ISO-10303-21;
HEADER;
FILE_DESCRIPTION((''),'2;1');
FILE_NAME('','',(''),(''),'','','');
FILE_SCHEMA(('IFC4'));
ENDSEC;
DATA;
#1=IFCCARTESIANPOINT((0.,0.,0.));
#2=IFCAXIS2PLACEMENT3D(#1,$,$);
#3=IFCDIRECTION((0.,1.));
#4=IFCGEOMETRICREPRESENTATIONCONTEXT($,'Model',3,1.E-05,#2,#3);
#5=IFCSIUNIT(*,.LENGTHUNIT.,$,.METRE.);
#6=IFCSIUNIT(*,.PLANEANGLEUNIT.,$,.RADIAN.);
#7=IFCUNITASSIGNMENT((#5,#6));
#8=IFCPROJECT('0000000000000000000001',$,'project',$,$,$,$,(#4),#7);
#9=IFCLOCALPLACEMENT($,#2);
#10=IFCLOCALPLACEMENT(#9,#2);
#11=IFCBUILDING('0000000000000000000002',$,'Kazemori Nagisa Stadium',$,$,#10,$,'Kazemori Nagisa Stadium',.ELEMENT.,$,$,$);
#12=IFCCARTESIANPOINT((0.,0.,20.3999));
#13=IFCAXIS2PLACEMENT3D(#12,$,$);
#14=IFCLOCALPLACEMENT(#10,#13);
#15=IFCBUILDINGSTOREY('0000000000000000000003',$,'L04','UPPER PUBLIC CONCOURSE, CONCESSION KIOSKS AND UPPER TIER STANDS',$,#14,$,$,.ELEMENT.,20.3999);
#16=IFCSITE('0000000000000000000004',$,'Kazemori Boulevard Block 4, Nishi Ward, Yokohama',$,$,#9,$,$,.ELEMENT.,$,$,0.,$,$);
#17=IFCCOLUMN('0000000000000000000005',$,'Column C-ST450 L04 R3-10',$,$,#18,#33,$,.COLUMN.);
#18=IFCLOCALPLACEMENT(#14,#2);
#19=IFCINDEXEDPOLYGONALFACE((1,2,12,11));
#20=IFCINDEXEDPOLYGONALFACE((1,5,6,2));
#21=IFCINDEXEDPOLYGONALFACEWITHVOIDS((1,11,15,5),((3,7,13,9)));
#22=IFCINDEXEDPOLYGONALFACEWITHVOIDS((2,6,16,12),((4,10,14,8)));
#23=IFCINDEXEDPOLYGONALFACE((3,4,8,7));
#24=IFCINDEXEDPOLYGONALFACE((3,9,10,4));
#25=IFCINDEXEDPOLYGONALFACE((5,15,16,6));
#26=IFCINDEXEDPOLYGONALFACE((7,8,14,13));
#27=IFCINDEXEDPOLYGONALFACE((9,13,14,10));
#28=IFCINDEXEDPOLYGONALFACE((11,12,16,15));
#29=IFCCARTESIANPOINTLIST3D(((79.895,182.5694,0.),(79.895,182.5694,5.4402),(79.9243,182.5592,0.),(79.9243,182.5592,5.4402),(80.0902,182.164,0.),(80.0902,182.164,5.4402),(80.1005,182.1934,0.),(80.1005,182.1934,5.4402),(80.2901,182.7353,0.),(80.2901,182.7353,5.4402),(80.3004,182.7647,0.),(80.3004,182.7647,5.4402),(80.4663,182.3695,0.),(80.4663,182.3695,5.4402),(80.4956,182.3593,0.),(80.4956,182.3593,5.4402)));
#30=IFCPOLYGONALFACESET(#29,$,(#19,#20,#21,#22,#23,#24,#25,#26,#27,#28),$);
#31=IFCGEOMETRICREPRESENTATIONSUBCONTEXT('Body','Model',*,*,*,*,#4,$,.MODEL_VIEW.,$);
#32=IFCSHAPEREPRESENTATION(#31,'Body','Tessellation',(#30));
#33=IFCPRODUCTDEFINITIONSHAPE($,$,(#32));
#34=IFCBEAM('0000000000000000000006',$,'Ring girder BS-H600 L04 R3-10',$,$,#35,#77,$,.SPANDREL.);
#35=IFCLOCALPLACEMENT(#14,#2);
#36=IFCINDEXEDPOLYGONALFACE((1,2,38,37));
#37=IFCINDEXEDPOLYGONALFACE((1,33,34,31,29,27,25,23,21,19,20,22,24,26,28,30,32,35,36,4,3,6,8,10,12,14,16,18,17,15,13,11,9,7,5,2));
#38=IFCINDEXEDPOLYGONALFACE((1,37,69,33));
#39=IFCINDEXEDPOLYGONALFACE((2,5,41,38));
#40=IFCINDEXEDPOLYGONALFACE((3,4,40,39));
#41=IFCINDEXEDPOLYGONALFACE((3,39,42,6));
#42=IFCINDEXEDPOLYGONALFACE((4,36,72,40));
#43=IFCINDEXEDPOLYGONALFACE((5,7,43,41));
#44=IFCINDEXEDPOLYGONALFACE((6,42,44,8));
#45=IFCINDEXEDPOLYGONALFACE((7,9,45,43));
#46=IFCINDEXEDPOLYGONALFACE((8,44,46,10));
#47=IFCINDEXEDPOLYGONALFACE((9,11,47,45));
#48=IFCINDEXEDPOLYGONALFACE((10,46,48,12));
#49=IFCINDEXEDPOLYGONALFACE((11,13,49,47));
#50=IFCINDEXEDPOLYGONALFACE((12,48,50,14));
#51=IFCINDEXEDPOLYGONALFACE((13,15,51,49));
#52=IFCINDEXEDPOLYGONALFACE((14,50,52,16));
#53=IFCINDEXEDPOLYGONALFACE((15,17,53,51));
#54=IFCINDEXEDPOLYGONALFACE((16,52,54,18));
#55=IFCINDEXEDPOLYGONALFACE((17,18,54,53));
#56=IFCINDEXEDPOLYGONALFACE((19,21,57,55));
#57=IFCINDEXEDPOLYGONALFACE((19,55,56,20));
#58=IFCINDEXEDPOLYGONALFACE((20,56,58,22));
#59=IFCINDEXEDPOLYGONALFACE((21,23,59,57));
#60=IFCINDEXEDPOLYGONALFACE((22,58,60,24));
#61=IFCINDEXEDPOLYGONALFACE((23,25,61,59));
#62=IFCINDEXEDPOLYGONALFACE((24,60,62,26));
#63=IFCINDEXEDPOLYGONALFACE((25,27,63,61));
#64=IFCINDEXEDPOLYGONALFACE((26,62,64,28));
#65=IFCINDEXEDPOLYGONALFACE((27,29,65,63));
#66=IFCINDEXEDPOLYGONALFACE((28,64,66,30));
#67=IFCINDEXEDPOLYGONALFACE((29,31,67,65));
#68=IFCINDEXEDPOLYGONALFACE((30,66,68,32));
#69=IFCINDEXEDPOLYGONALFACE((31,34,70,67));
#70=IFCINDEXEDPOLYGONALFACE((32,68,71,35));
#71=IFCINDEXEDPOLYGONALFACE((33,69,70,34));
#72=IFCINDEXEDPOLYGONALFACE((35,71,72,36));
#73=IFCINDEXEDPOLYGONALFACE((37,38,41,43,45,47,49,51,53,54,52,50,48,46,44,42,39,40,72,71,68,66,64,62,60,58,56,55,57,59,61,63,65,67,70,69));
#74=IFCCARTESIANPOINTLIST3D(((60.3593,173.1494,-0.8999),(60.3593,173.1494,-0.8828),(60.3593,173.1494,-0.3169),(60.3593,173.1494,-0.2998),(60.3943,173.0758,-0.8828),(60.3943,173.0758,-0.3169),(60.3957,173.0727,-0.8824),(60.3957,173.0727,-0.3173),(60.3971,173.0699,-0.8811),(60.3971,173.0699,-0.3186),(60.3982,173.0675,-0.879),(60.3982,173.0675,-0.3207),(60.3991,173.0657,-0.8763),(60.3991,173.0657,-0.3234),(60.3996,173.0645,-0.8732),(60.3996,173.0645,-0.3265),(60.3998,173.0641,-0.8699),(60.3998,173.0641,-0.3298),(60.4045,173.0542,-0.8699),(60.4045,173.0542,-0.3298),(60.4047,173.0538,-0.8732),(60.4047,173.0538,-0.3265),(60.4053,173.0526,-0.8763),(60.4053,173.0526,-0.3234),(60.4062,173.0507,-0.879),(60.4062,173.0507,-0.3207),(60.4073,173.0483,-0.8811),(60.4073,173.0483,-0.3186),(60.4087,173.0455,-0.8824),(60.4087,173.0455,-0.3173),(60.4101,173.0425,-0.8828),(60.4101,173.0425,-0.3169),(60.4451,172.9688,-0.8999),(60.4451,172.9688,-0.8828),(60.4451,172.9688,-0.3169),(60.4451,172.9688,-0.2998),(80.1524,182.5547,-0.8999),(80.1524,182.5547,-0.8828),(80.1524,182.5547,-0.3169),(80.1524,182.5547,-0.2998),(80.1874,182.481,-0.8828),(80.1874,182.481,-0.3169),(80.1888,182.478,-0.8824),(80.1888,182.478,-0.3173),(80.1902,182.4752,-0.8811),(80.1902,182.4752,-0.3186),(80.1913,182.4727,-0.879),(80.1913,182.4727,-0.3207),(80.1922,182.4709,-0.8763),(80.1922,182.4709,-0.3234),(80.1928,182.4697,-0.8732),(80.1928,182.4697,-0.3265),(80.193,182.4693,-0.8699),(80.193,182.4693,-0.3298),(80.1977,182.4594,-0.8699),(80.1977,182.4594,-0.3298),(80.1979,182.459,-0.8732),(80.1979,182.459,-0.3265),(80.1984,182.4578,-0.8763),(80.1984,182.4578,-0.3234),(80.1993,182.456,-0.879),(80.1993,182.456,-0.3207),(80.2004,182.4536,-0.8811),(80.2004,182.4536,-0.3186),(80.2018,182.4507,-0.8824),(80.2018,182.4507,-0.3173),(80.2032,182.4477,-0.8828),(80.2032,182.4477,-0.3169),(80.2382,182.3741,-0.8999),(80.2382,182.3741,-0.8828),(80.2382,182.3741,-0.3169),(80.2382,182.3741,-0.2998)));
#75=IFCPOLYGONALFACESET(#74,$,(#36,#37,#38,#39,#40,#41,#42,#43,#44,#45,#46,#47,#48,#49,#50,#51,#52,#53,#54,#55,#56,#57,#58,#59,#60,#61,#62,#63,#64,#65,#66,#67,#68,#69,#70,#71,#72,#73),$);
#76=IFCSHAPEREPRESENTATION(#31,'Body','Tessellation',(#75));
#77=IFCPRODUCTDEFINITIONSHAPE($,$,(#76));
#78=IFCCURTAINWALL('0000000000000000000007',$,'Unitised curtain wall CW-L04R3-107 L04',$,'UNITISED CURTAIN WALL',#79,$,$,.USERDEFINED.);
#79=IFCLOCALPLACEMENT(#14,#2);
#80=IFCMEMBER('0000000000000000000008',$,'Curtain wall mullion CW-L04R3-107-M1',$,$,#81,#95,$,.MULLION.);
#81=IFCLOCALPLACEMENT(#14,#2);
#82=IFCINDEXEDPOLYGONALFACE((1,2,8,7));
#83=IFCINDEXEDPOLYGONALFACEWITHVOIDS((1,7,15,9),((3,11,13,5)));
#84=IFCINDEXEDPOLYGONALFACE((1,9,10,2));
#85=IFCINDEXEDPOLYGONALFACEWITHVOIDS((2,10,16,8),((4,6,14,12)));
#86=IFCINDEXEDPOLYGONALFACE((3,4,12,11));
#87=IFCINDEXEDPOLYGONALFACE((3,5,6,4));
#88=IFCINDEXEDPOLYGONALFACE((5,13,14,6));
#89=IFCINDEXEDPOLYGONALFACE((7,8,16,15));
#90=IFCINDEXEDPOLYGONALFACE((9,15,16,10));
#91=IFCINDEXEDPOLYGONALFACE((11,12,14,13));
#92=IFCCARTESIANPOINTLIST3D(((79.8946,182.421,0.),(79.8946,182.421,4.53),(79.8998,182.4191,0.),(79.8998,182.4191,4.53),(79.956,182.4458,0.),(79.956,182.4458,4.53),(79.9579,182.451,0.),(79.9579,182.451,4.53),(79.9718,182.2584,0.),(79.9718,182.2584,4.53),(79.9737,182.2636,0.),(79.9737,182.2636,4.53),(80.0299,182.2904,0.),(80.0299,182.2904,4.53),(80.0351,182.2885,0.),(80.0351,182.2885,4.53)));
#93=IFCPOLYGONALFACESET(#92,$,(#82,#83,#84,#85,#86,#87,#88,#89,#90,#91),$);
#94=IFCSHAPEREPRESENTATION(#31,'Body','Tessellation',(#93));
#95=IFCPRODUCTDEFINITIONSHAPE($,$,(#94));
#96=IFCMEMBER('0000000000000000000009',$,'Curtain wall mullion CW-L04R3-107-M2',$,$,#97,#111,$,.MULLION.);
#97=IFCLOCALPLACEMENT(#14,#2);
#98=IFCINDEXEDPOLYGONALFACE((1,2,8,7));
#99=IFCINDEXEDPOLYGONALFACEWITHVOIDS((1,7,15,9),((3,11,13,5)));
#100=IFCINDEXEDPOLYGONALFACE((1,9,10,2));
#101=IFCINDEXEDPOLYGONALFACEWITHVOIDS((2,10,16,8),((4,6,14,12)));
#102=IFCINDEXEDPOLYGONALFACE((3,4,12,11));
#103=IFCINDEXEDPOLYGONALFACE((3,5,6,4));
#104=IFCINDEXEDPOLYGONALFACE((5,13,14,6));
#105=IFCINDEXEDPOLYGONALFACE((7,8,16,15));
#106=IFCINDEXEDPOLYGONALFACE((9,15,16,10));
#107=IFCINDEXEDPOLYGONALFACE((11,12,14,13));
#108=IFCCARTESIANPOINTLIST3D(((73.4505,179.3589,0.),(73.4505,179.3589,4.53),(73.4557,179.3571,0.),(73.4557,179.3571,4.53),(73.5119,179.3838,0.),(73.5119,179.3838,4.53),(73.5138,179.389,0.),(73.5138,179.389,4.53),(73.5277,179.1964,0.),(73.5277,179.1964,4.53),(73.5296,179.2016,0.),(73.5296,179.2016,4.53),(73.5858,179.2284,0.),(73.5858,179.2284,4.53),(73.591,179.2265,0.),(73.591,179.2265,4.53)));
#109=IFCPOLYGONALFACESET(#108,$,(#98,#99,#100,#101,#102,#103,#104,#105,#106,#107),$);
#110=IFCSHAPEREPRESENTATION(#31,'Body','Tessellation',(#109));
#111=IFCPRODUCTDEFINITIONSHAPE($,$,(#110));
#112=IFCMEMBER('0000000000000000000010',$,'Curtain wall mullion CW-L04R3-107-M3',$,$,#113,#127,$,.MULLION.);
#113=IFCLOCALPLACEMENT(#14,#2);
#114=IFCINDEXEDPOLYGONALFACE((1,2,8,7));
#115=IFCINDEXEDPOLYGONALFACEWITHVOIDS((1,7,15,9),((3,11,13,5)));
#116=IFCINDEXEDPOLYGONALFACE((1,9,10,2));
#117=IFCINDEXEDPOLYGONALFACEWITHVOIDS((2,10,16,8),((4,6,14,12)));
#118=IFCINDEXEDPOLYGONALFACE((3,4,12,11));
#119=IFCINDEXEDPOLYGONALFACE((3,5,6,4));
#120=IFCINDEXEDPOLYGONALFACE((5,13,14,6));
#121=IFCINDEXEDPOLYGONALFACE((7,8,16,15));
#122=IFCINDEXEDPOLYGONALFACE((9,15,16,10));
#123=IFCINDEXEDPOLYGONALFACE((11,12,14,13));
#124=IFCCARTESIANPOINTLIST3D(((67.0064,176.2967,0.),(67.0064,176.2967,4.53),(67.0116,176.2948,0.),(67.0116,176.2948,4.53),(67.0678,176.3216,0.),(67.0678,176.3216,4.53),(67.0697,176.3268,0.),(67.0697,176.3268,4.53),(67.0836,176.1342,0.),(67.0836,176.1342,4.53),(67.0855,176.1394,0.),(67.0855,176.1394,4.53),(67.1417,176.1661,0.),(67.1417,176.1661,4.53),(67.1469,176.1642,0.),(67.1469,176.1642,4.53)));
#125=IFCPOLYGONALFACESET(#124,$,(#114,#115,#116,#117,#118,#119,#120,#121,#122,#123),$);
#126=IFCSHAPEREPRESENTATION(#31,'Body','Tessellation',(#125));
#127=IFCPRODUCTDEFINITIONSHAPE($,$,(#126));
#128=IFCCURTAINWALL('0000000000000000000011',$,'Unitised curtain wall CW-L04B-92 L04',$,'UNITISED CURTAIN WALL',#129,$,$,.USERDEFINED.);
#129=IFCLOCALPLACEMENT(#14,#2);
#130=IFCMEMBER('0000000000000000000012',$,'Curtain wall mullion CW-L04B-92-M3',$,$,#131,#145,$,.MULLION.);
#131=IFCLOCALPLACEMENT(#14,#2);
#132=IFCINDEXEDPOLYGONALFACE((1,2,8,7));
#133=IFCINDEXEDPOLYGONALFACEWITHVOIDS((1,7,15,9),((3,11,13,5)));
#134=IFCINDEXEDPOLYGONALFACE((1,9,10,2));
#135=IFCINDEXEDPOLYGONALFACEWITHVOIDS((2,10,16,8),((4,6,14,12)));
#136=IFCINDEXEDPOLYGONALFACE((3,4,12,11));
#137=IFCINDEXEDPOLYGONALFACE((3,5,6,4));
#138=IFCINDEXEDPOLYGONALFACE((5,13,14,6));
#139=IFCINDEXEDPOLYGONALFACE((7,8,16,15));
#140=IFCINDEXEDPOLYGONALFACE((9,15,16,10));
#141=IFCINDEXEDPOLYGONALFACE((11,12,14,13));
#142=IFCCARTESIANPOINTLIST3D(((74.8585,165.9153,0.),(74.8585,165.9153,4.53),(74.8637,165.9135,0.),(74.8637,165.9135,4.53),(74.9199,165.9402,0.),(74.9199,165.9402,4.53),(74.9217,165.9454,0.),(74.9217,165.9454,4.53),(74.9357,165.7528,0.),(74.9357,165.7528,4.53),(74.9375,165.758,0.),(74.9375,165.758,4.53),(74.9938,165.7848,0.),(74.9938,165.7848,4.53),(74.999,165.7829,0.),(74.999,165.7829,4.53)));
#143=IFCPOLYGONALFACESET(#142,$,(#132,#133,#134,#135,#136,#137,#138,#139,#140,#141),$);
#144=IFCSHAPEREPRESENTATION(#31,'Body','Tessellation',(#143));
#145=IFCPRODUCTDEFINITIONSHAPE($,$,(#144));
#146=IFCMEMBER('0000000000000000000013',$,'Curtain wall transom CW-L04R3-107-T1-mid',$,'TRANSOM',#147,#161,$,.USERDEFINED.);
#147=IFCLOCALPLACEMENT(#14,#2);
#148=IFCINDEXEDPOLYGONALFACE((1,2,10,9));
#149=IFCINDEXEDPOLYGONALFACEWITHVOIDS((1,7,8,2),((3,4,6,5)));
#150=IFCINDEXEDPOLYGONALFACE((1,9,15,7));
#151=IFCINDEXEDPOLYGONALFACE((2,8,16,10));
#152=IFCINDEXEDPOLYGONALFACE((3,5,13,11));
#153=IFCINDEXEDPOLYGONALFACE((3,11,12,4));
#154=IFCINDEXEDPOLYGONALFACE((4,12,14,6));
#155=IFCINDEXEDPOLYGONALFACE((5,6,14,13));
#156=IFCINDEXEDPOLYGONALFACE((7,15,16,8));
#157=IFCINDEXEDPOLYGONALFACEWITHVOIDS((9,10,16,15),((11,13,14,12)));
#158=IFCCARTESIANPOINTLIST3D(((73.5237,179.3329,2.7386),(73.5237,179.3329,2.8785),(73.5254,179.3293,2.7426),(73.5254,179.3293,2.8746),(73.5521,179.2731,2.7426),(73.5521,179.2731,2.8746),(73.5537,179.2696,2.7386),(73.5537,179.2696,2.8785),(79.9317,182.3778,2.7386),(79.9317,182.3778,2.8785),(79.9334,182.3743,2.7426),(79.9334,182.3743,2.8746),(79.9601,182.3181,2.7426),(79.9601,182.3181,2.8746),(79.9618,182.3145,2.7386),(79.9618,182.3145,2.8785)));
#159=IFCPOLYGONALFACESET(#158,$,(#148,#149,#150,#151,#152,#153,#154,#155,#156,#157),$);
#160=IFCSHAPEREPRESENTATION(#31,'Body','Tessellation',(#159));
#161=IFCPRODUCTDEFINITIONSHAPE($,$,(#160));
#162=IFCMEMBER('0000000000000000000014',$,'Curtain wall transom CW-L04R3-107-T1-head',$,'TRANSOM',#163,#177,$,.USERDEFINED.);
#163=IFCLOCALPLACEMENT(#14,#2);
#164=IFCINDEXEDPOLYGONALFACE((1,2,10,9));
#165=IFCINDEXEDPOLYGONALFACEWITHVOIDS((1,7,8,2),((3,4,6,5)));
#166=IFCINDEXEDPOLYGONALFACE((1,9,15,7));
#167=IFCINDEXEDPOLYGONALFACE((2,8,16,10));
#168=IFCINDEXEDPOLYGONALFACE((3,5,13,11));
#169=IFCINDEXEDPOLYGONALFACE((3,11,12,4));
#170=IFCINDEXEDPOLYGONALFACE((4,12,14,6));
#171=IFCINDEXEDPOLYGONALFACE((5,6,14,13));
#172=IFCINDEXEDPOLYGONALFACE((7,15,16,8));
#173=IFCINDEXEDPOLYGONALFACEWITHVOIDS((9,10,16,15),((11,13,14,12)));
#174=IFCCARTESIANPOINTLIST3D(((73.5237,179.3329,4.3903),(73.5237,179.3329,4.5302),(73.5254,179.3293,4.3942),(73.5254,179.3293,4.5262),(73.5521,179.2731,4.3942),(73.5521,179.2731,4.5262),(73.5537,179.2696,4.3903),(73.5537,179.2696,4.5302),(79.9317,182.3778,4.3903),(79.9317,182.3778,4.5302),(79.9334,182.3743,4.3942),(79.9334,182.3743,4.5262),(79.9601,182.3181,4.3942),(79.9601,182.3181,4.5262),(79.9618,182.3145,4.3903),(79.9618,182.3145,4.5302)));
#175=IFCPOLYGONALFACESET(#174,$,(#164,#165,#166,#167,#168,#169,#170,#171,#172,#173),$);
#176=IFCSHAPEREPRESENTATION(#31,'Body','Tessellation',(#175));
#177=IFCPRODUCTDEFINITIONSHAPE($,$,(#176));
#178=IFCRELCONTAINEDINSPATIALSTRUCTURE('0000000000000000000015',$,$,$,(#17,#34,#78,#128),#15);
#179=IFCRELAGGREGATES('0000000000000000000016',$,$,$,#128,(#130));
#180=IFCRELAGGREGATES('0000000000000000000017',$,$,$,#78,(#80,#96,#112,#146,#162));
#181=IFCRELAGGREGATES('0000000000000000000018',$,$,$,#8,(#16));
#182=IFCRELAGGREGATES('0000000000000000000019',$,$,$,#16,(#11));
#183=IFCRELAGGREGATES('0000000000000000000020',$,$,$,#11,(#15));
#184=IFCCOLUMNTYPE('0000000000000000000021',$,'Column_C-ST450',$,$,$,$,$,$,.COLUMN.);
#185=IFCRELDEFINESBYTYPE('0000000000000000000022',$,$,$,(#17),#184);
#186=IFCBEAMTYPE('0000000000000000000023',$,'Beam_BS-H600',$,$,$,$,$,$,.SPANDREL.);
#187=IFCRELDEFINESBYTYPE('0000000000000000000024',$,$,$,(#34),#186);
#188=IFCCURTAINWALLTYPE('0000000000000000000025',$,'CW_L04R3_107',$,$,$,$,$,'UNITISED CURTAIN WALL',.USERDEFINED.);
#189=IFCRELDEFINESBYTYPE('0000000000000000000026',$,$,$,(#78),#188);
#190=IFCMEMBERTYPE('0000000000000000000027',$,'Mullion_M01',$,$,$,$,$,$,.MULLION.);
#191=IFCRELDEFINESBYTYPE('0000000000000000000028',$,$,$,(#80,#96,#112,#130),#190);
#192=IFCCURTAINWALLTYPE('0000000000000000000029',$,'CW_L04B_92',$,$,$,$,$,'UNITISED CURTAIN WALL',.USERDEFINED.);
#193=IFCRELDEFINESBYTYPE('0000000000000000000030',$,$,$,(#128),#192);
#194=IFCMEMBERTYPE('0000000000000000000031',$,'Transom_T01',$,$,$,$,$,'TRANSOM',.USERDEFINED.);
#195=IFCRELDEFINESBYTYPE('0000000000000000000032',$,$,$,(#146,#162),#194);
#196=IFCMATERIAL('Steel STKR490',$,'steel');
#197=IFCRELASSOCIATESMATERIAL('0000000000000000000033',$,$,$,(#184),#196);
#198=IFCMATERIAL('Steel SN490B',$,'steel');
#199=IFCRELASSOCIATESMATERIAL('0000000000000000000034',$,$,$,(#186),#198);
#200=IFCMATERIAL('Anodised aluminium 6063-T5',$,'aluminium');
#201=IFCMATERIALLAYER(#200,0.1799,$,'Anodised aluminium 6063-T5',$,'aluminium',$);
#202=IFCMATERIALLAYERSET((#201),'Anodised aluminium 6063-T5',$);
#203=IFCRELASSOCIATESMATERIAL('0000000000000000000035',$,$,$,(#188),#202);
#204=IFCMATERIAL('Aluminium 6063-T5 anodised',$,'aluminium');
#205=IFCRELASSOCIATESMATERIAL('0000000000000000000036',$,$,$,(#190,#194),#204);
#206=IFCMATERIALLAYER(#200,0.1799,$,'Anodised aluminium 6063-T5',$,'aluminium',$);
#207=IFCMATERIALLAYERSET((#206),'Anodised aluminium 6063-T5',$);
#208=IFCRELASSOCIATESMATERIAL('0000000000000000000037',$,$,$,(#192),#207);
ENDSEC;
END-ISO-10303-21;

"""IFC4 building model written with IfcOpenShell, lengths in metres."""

from ifc_helpers import new_model, si_unit, direction, frame, origin, origin_2d, place, context, subcontext, project, spatial, hollow_rectangle, i_section, extrude, material, layer, layer_set, material_profile, profile_set, type_object, element, aggregate, save


model = new_model("IFC4")

# Units and contexts
model_context = context("Model", 3, precision=1e-05, world=origin(), true_north=direction((0.0, 1.0)))
body_context = subcontext(model_context, "Body", "Model", "MODEL_VIEW")
ifc_project = project(units=[si_unit("LENGTHUNIT", "METRE"), si_unit("PLANEANGLEUNIT", "RADIAN")], contexts=[model_context])

# Site, building, storey
site_placement = place(None, origin())
site = spatial("IfcSite", under=ifc_project, at=site_placement, Name="Kazemori Boulevard Block 4, Nishi Ward, Yokohama", CompositionType="ELEMENT", RefElevation=0.0)
building_placement = place(site_placement, origin())
building = spatial("IfcBuilding", under=site, at=building_placement, Name="Kazemori Nagisa Stadium", LongName="Kazemori Nagisa Stadium", CompositionType="ELEMENT")
storey_placement = place(building_placement, frame((0.0, 0.0, 20.3999)))
storey = spatial("IfcBuildingStorey", under=building, at=storey_placement, Name="L04", Description="UPPER PUBLIC CONCOURSE, CONCESSION KIOSKS AND UPPER TIER STANDS", CompositionType="ELEMENT", Elevation=20.3999)

# Column
ifc_material_1 = material(Name="Steel STKR490", Category="steel")
ifc_material_profile_1 = material_profile(ifc_material_1, hollow_rectangle(XDim=0.45, YDim=0.45, WallThickness=0.022, at=origin_2d()), Name="SHS-450x450x22")
ifc_profile_set_1 = profile_set([ifc_material_profile_1], Name="Steel STKR490")
column_type = type_object("IfcColumnType", Name="Column_C-ST450", PredefinedType="COLUMN", material=ifc_profile_set_1)
column_placement = place(storey_placement, frame((80.1953, 182.4644, 0.0), z_axis=(0.0, 0.0, 1.0), x_axis=(-0.433884, 0.900969, 0.0)))
element("IfcColumn", 1, at=column_placement, inside=storey, type_object=column_type, Name="Column C-ST450 L04 R3-10", PredefinedType="COLUMN", context=body_context, shape_type="SweptSolid", body=[
    extrude(hollow_rectangle(XDim=0.45, YDim=0.45, WallThickness=0.022, at=origin_2d()), origin(), (0.0, 0.0, 1.0), 5.4402),
])

# Beam
ifc_material_2 = material(Name="Steel SN490B", Category="steel")
ifc_material_profile_2 = material_profile(ifc_material_2, i_section(OverallWidth=0.2, OverallDepth=0.6001, WebThickness=0.011, FlangeThickness=0.0171, FilletRadius=0.0129, at=origin_2d()), Name="H-600x200x11x17")
ifc_profile_set_2 = profile_set([ifc_material_profile_2], Name="Steel SN490B")
beam_type = type_object("IfcBeamType", Name="Beam_BS-H600", PredefinedType="SPANDREL", material=ifc_profile_set_2)
beam_placement = place(storey_placement, frame((80.1953, 182.4644, -0.5999), z_axis=(-0.903216, -0.429187, 0.0), x_axis=(0.429187, -0.903216, 0.0)))
element("IfcBeam", 2, at=beam_placement, inside=storey, type_object=beam_type, Name="Ring girder BS-H600 L04 R3-10", PredefinedType="SPANDREL", context=body_context, shape_type="SweptSolid", body=[
    extrude(i_section(OverallWidth=0.2, OverallDepth=0.6001, WebThickness=0.011, FlangeThickness=0.0171, FilletRadius=0.0129, at=origin_2d()), origin(), (0.0, 0.0, 1.0), 21.9141),
])

# Curtain wall, members
ifc_material_3 = material(Name="Anodised aluminium 6063-T5", Category="aluminium")
ifc_layer_1 = layer(ifc_material_3, 0.1799, Name="Anodised aluminium 6063-T5", Category="aluminium")
ifc_layer_set_1 = layer_set([ifc_layer_1], Name="Anodised aluminium 6063-T5")
curtain_wall_type_1 = type_object("IfcCurtainWallType", Name="CW_L04R3_107", ElementType="UNITISED CURTAIN WALL", PredefinedType="USERDEFINED", material=ifc_layer_set_1)
curtain_wall_1_placement = place(storey_placement, origin())
curtain_wall_1 = element("IfcCurtainWall", 3, at=curtain_wall_1_placement, inside=storey, type_object=curtain_wall_type_1, Name="Unitised curtain wall CW-L04R3-107 L04", ObjectType="UNITISED CURTAIN WALL", PredefinedType="USERDEFINED")
ifc_material_4 = material(Name="Aluminium 6063-T5 anodised", Category="aluminium")
ifc_material_profile_3 = material_profile(ifc_material_4, hollow_rectangle(XDim=0.0701, YDim=0.1799, WallThickness=0.0039, at=origin_2d()), Name="ALU-MULL-70x180x4")
ifc_profile_set_3 = profile_set([ifc_material_profile_3], Name="Aluminium 6063-T5 anodised")
member_type_1 = type_object("IfcMemberType", Name="Mullion_M01", PredefinedType="MULLION", material=ifc_profile_set_3)
member_1_placement = place(storey_placement, frame((79.9648, 182.3547, 0.0), z_axis=(0.0, 0.0, 1.0), x_axis=(-0.903216, -0.429186, 0.0)))
member_1 = element("IfcMember", 4, at=member_1_placement, type_object=member_type_1, Name="Curtain wall mullion CW-L04R3-107-M1", PredefinedType="MULLION", context=body_context, shape_type="SweptSolid", body=[
    extrude(hollow_rectangle(XDim=0.0701, YDim=0.1799, WallThickness=0.0039, at=origin_2d()), origin(), (0.0, 0.0, 1.0), 4.53),
])
member_2_placement = place(storey_placement, frame((73.5208, 179.2927, 0.0), z_axis=(0.0, 0.0, 1.0), x_axis=(-0.903216, -0.429186, 0.0)))
member_2 = element("IfcMember", 5, at=member_2_placement, type_object=member_type_1, Name="Curtain wall mullion CW-L04R3-107-M2", PredefinedType="MULLION", context=body_context, shape_type="SweptSolid", body=[
    extrude(hollow_rectangle(XDim=0.0701, YDim=0.1799, WallThickness=0.0039, at=origin_2d()), origin(), (0.0, 0.0, 1.0), 4.53),
])
member_3_placement = place(storey_placement, frame((67.0767, 176.2305, 0.0), z_axis=(0.0, 0.0, 1.0), x_axis=(-0.903216, -0.429186, 0.0)))
member_3 = element("IfcMember", 6, at=member_3_placement, type_object=member_type_1, Name="Curtain wall mullion CW-L04R3-107-M3", PredefinedType="MULLION", context=body_context, shape_type="SweptSolid", body=[
    extrude(hollow_rectangle(XDim=0.0701, YDim=0.1799, WallThickness=0.0039, at=origin_2d()), origin(), (0.0, 0.0, 1.0), 4.53),
])

# Curtain wall, member
ifc_layer_2 = layer(ifc_material_3, 0.1799, Name="Anodised aluminium 6063-T5", Category="aluminium")
ifc_layer_set_2 = layer_set([ifc_layer_2], Name="Anodised aluminium 6063-T5")
curtain_wall_type_2 = type_object("IfcCurtainWallType", Name="CW_L04B_92", ElementType="UNITISED CURTAIN WALL", PredefinedType="USERDEFINED", material=ifc_layer_set_2)
curtain_wall_2_placement = place(storey_placement, origin())
curtain_wall_2 = element("IfcCurtainWall", 7, at=curtain_wall_2_placement, inside=storey, type_object=curtain_wall_type_2, Name="Unitised curtain wall CW-L04B-92 L04", ObjectType="UNITISED CURTAIN WALL", PredefinedType="USERDEFINED")
member_4_placement = place(storey_placement, frame((74.9287, 165.8491, 0.0), z_axis=(0.0, 0.0, 1.0), x_axis=(-0.903216, -0.429186, 0.0)))
member_4 = element("IfcMember", 8, at=member_4_placement, type_object=member_type_1, Name="Curtain wall mullion CW-L04B-92-M3", PredefinedType="MULLION", context=body_context, shape_type="SweptSolid", body=[
    extrude(hollow_rectangle(XDim=0.0701, YDim=0.1799, WallThickness=0.0039, at=origin_2d()), origin(), (0.0, 0.0, 1.0), 4.53),
])

# Members
ifc_material_profile_4 = material_profile(ifc_material_4, hollow_rectangle(XDim=0.0701, YDim=0.1399, WallThickness=0.0039, at=origin_2d()), Name="ALU-TRAN-70x140x4")
ifc_profile_set_4 = profile_set([ifc_material_profile_4], Name="Aluminium 6063-T5 anodised")
member_type_2 = type_object("IfcMemberType", Name="Transom_T01", ElementType="TRANSOM", PredefinedType="USERDEFINED", material=ifc_profile_set_4)
member_5_placement = place(storey_placement, frame((79.9468, 182.3462, 2.8086), z_axis=(-0.903215, -0.429188, 0.0), x_axis=(0.429188, -0.903215, 0.0)))
member_5 = element("IfcMember", 9, at=member_5_placement, type_object=member_type_2, Name="Curtain wall transom CW-L04R3-107-T1-mid", ObjectType="TRANSOM", PredefinedType="USERDEFINED", context=body_context, shape_type="SweptSolid", body=[
    extrude(hollow_rectangle(XDim=0.0701, YDim=0.1399, WallThickness=0.0039, at=origin_2d()), origin(), (0.0, 0.0, 1.0), 7.0947),
])
member_6_placement = place(storey_placement, frame((79.9468, 182.3462, 4.4602), z_axis=(-0.903215, -0.429188, 0.0), x_axis=(0.429188, -0.903215, 0.0)))
member_6 = element("IfcMember", 10, at=member_6_placement, type_object=member_type_2, Name="Curtain wall transom CW-L04R3-107-T1-head", ObjectType="TRANSOM", PredefinedType="USERDEFINED", context=body_context, shape_type="SweptSolid", body=[
    extrude(hollow_rectangle(XDim=0.0701, YDim=0.1399, WallThickness=0.0039, at=origin_2d()), origin(), (0.0, 0.0, 1.0), 7.0947),
])

aggregate(curtain_wall_2, [member_4])
aggregate(curtain_wall_1, [member_1, member_2, member_3, member_5, member_6])

save(model, "model.ifc")
